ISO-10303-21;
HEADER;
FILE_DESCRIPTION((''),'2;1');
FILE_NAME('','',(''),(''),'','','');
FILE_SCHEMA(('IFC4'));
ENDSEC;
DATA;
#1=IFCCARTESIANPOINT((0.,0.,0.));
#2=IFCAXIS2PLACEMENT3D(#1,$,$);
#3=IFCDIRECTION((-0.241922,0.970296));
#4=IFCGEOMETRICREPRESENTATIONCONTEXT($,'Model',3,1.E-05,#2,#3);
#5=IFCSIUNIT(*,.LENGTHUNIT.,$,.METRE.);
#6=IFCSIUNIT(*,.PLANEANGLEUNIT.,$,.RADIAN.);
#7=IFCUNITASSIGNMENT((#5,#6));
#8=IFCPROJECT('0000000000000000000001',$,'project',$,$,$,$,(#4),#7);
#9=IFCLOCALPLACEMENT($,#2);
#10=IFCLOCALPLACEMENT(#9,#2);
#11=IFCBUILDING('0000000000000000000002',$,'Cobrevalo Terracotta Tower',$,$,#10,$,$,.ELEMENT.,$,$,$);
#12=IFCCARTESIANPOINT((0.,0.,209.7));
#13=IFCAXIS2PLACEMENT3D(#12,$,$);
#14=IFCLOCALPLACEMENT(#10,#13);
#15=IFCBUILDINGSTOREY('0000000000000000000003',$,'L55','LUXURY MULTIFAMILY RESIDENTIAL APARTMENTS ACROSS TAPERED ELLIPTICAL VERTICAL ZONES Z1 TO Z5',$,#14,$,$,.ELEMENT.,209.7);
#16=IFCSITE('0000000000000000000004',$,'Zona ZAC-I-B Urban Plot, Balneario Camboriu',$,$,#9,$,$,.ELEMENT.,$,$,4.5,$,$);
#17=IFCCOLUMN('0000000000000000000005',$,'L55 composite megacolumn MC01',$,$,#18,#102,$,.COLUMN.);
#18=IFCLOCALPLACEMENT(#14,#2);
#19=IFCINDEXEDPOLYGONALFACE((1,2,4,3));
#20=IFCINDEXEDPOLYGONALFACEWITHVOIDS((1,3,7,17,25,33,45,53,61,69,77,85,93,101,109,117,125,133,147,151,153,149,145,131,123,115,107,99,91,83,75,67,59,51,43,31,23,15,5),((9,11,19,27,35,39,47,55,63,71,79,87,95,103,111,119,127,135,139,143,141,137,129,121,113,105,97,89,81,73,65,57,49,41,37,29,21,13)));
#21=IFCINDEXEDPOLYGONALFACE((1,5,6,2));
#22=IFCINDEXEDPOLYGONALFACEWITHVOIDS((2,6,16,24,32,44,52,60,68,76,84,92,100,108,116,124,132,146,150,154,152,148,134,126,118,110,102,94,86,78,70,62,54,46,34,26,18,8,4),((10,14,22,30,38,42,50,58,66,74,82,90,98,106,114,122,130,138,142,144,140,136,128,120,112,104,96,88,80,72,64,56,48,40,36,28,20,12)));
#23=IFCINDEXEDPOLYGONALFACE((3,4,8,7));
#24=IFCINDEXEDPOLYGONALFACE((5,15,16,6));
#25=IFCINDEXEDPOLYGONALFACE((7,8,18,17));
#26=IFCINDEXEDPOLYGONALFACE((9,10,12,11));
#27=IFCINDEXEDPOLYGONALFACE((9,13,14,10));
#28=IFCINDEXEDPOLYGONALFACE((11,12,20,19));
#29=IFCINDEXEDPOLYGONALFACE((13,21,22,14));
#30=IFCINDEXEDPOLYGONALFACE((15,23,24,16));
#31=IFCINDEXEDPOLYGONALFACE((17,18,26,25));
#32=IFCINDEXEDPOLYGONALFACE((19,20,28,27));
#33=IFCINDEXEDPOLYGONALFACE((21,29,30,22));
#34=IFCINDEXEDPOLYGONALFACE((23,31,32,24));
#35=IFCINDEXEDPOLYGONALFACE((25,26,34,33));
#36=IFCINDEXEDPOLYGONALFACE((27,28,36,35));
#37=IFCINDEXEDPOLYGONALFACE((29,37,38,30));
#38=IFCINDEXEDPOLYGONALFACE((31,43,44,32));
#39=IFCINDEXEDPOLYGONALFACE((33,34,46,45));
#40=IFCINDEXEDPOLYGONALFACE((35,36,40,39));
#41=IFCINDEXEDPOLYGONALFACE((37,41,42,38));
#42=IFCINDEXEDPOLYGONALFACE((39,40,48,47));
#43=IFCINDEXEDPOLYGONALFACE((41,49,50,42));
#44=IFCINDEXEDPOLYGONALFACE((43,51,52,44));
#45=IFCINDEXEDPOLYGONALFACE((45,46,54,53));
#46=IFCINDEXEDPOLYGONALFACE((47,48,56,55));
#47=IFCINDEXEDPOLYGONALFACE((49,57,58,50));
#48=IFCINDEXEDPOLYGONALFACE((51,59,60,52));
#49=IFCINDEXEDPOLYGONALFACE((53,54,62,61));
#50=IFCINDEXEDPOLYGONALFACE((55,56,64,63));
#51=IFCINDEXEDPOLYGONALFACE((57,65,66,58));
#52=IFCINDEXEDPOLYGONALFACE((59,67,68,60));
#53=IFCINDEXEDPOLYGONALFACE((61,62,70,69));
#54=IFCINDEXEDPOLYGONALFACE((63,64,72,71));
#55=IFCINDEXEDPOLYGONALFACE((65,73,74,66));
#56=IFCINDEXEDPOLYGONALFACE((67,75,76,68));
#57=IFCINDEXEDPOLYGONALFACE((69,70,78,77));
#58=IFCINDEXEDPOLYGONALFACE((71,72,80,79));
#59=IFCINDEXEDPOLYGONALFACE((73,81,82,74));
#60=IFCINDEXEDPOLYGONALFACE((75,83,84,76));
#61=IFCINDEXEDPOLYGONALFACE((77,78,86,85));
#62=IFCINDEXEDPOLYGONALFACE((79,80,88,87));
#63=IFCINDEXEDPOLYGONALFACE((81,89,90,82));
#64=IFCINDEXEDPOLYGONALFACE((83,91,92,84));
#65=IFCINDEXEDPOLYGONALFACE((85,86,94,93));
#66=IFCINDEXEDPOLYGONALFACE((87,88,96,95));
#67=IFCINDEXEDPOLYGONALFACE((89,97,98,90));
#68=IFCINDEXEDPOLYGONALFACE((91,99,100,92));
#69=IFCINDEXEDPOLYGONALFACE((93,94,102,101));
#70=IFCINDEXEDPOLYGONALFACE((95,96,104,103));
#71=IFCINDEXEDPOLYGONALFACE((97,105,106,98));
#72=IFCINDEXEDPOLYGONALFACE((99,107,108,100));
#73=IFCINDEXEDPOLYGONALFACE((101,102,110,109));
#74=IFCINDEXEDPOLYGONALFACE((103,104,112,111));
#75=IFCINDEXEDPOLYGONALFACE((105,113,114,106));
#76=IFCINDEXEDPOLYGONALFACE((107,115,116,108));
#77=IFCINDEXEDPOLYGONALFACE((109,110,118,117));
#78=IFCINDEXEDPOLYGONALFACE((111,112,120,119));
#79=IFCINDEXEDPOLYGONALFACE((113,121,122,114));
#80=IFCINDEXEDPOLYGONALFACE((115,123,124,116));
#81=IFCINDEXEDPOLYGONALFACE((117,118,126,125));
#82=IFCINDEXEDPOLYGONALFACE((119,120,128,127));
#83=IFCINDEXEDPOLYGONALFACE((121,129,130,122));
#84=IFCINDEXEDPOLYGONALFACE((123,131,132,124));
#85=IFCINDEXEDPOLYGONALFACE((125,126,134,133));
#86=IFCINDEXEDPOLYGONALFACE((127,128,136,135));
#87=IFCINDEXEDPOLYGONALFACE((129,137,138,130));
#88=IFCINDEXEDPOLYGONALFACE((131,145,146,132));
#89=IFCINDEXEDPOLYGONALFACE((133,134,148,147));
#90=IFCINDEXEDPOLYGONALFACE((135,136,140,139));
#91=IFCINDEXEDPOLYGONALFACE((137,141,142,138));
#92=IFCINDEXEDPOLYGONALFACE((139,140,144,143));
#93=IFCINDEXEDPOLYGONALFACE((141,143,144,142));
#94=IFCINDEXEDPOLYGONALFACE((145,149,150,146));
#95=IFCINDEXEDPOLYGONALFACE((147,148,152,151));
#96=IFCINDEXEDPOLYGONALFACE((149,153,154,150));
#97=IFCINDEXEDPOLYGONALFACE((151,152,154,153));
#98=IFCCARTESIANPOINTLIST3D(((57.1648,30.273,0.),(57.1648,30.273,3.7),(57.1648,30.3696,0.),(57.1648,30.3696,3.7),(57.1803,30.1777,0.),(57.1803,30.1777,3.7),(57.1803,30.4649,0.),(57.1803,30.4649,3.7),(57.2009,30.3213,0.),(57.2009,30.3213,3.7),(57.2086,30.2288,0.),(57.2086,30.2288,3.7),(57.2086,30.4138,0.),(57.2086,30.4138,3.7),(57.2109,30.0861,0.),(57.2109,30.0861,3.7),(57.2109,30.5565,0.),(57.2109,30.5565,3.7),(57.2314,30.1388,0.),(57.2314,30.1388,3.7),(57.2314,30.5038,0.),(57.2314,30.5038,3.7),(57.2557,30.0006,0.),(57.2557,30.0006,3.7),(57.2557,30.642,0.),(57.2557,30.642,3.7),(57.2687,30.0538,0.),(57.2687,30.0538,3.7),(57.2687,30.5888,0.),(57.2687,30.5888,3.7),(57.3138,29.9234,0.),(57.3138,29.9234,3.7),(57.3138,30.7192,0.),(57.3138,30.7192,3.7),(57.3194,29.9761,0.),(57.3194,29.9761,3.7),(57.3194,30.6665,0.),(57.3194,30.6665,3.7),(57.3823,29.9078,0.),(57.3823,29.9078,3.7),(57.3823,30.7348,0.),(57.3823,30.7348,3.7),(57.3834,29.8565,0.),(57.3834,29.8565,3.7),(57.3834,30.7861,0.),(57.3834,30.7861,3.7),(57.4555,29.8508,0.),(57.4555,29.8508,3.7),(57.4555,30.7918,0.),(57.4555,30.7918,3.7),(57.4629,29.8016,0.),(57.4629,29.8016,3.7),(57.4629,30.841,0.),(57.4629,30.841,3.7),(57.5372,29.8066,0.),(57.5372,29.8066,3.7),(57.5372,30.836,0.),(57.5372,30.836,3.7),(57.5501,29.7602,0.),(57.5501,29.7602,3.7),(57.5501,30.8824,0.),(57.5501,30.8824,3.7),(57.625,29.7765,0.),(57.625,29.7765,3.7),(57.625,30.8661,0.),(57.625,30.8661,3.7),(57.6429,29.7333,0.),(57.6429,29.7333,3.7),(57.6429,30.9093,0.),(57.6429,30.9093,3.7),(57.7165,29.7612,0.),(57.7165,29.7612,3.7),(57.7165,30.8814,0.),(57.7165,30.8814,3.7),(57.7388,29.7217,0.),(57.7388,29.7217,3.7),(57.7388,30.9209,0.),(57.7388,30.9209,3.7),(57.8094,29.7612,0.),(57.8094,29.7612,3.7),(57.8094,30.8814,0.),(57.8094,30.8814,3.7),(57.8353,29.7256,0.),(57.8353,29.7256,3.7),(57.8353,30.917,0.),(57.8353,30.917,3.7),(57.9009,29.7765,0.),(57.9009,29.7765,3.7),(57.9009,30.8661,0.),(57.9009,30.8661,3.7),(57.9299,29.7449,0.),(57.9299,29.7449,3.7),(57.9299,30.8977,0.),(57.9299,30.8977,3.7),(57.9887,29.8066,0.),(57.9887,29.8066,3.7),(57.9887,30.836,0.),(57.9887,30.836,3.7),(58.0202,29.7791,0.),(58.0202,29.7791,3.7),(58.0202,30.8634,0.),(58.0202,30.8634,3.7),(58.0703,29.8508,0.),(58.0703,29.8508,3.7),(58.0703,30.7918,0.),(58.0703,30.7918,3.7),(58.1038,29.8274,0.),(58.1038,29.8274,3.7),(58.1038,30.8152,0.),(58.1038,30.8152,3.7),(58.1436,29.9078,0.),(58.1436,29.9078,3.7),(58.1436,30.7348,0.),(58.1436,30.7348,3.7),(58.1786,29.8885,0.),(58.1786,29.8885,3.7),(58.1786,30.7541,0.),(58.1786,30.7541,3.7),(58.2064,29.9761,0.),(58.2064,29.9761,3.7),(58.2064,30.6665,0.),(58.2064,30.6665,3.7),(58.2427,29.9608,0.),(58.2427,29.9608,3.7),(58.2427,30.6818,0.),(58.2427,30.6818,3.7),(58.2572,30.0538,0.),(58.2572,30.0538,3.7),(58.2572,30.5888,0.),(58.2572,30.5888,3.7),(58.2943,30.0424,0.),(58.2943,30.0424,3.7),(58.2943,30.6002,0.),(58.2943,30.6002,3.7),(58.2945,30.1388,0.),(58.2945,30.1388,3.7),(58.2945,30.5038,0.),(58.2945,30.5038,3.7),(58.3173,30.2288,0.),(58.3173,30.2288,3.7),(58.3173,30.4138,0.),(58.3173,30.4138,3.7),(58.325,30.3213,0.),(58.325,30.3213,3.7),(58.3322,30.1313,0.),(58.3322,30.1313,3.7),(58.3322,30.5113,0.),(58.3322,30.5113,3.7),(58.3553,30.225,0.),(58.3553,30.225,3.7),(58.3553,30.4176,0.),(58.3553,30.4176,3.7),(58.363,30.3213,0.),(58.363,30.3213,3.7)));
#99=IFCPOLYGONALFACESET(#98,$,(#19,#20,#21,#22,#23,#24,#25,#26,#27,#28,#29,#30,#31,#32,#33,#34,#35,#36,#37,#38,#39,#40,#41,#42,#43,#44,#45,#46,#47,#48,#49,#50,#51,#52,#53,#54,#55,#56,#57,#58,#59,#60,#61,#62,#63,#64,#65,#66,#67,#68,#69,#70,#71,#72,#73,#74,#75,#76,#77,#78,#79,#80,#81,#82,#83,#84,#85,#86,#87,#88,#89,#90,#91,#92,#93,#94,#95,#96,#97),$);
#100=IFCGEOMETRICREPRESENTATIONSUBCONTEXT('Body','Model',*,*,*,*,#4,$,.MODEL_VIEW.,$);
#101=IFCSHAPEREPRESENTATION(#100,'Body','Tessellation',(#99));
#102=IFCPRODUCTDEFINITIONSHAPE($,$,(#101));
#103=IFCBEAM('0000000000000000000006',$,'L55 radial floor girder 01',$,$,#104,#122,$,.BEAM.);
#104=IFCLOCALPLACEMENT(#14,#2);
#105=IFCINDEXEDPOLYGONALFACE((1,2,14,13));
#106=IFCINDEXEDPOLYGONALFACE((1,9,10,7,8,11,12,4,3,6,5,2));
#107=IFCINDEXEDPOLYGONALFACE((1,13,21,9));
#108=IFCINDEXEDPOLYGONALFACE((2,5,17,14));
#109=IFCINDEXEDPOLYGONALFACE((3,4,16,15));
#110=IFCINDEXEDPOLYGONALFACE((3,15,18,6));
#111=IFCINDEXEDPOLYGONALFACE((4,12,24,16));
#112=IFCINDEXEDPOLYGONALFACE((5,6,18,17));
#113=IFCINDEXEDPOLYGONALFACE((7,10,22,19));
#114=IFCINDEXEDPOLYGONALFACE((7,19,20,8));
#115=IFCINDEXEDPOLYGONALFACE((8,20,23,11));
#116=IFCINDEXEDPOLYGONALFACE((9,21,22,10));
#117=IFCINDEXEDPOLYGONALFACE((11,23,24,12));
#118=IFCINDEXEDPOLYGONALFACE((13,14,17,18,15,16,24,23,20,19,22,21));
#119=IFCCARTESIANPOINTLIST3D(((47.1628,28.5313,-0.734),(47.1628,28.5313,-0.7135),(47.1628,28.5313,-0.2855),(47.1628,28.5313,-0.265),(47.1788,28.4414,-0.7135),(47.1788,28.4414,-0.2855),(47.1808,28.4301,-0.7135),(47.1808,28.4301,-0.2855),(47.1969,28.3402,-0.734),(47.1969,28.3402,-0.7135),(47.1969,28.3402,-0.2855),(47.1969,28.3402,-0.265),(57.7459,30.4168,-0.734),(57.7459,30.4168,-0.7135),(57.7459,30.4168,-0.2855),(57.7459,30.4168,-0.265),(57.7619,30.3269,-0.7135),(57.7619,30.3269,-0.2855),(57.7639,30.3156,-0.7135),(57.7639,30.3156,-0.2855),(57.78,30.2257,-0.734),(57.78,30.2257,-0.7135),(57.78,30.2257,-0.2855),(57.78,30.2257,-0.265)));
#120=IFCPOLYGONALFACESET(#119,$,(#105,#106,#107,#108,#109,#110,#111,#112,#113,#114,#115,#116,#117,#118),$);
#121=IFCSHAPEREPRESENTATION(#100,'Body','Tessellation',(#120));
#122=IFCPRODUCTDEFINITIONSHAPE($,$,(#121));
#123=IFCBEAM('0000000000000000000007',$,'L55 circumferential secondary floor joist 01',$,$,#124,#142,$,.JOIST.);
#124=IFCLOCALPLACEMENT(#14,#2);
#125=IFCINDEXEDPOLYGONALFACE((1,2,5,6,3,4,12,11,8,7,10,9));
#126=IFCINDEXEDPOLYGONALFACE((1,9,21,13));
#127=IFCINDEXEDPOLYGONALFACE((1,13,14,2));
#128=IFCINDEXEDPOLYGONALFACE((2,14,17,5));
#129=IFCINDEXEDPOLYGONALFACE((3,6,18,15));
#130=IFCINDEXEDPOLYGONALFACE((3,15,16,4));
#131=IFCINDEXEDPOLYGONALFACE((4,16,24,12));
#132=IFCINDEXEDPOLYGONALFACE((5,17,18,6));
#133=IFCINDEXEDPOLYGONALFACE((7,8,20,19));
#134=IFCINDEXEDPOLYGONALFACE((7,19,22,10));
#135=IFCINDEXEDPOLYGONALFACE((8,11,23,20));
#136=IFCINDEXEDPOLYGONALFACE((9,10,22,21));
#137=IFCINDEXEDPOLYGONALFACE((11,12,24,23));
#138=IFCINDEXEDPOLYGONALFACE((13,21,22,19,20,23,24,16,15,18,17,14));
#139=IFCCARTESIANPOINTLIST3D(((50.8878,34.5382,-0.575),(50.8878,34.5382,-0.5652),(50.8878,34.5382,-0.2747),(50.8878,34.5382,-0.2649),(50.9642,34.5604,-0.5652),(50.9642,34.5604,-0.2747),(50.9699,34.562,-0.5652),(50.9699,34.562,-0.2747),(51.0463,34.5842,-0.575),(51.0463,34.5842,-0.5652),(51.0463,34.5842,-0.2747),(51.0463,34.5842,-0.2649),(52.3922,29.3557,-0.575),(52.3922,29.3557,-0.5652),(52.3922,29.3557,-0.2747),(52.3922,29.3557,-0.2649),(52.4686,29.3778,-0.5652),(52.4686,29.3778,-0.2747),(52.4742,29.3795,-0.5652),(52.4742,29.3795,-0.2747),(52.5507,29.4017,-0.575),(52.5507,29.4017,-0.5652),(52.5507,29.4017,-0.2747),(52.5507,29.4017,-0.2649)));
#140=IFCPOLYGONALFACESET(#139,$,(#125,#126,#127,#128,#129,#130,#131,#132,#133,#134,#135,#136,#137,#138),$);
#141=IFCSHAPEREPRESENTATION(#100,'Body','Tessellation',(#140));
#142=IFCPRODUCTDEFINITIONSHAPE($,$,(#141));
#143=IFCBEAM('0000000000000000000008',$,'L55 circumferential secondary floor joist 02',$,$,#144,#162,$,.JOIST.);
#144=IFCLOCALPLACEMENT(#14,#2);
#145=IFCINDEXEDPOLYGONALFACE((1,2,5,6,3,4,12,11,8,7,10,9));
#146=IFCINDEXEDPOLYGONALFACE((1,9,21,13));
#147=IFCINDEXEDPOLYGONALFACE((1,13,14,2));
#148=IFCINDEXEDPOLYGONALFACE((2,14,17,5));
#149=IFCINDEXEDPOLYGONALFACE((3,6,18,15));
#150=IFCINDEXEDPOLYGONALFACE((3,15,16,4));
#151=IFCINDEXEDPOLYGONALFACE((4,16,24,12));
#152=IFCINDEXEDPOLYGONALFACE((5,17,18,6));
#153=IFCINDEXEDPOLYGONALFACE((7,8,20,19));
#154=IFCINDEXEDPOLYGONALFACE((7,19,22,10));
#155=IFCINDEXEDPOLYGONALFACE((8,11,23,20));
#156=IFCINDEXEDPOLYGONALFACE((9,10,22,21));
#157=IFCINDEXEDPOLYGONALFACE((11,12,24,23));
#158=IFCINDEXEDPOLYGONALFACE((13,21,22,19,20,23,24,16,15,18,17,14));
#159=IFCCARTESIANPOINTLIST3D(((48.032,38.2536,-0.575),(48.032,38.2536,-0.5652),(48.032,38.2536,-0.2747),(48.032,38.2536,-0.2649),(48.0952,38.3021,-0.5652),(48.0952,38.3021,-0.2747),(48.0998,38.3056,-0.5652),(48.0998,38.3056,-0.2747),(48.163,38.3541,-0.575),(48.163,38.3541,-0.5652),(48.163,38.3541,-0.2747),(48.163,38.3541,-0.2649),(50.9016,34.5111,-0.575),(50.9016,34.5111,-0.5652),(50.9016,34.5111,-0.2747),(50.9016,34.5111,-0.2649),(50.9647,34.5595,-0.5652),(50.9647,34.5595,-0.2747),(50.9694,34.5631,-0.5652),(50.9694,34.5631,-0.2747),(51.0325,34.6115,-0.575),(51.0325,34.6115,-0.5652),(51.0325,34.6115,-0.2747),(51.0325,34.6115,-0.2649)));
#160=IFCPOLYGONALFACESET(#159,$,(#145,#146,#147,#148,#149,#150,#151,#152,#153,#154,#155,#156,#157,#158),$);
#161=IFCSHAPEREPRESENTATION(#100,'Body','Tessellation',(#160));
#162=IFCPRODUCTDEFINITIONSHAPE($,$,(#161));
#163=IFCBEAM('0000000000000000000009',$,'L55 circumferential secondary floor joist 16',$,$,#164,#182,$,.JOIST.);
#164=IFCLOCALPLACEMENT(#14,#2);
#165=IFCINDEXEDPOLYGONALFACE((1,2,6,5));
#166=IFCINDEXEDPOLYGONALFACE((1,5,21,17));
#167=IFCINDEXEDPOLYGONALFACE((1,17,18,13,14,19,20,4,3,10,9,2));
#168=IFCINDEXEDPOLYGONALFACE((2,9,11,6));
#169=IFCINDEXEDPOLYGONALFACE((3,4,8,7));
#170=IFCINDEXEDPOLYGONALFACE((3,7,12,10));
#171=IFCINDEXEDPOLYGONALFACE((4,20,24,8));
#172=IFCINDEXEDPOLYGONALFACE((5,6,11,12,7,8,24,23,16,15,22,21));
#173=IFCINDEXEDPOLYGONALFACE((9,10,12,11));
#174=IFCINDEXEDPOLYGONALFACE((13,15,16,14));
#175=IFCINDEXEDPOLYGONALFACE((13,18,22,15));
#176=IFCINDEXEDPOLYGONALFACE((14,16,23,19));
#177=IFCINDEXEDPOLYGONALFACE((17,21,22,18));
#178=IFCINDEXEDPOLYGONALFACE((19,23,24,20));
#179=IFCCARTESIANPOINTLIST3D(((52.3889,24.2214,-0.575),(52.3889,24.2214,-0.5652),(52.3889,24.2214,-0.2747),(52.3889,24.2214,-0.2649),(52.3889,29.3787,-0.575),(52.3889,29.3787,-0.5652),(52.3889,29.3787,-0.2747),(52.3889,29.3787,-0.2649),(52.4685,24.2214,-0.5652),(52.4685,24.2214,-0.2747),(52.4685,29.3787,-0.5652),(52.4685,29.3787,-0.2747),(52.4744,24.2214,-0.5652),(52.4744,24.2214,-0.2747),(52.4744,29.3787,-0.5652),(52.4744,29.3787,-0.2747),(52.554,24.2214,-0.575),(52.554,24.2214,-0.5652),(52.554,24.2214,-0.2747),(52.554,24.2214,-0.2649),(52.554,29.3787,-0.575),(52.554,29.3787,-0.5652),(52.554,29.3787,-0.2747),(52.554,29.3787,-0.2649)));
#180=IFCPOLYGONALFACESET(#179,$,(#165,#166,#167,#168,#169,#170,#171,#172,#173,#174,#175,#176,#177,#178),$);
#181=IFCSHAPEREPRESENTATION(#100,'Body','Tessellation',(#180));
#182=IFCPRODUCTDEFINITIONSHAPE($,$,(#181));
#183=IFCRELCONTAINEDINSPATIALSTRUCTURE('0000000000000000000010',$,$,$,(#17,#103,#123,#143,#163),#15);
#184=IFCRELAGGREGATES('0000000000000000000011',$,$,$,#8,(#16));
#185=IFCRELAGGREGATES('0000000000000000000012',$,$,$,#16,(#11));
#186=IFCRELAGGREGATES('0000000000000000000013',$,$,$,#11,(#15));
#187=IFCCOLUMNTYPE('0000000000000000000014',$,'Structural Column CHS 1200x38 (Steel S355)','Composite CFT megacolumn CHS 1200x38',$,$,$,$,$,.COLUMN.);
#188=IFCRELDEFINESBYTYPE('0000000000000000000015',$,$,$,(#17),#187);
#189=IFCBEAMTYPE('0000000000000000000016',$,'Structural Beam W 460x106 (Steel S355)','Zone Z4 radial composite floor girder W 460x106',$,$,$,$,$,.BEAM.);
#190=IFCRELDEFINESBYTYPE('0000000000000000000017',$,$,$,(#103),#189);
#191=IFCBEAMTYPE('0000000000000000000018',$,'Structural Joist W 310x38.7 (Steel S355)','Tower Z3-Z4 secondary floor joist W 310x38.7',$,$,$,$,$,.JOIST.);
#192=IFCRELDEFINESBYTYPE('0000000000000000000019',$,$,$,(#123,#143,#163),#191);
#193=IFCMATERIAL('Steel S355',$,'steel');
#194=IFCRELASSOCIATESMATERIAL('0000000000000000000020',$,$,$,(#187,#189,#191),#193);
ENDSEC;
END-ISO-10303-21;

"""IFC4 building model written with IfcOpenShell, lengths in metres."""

from ifc_helpers import new_model, si_unit, direction, frame, origin, origin_2d, place, context, subcontext, project, spatial, hollow_circle, i_section, extrude, material, material_profile, profile_set, type_object, element, save


model = new_model("IFC4")

# Units and contexts
model_context = context("Model", 3, precision=1e-05, world=origin(), true_north=direction((-0.241922, 0.970296)))
body_context = subcontext(model_context, "Body", "Model", "MODEL_VIEW")
ifc_project = project(units=[si_unit("LENGTHUNIT", "METRE"), si_unit("PLANEANGLEUNIT", "RADIAN")], contexts=[model_context])

# Site, building, storey
site_placement = place(None, origin())
site = spatial("IfcSite", under=ifc_project, at=site_placement, Name="Zona ZAC-I-B Urban Plot, Balneario Camboriu", CompositionType="ELEMENT", RefElevation=4.5)
building_placement = place(site_placement, origin())
building = spatial("IfcBuilding", under=site, at=building_placement, Name="Cobrevalo Terracotta Tower", CompositionType="ELEMENT")
storey_placement = place(building_placement, frame((0.0, 0.0, 209.7)))
storey = spatial("IfcBuildingStorey", under=building, at=storey_placement, Name="L55", Description="LUXURY MULTIFAMILY RESIDENTIAL APARTMENTS ACROSS TAPERED ELLIPTICAL VERTICAL ZONES Z1 TO Z5", CompositionType="ELEMENT", Elevation=209.7)

# Column
ifc_material_1 = material(Name="Steel S355", Category="steel")
ifc_material_profile_1 = material_profile(ifc_material_1, hollow_circle(Radius=0.6001, WallThickness=0.0381, at=origin_2d()), Name="CHS 1200x38")
ifc_profile_set_1 = profile_set([ifc_material_profile_1], Name="Steel S355")
column_type = type_object("IfcColumnType", Name="Structural Column CHS 1200x38 (Steel S355)", Description="Composite CFT megacolumn CHS 1200x38", PredefinedType="COLUMN", material=ifc_profile_set_1)
column_placement = place(storey_placement, frame((57.7629, 30.3213, 0.0), z_axis=(0.0, 0.0, 1.0), x_axis=(1.0, 0.0, 0.0)))
element("IfcColumn", 1, at=column_placement, inside=storey, type_object=column_type, Name="L55 composite megacolumn MC01", PredefinedType="COLUMN", context=body_context, shape_type="SweptSolid", body=[
    extrude(hollow_circle(Radius=0.6001, WallThickness=0.0381, at=origin_2d()), origin(), (0.0, 0.0, 1.0), 3.7),
])

# Beams
ifc_material_profile_2 = material_profile(ifc_material_1, i_section(OverallWidth=0.1941, OverallDepth=0.469, WebThickness=0.0115, FlangeThickness=0.0205, at=origin_2d()), Name="W 460x106")
ifc_profile_set_2 = profile_set([ifc_material_profile_2], Name="Steel S355")
beam_type_1 = type_object("IfcBeamType", Name="Structural Beam W 460x106 (Steel S355)", Description="Zone Z4 radial composite floor girder W 460x106", PredefinedType="BEAM", material=ifc_profile_set_2)
beam_1_placement = place(storey_placement, frame((57.7629, 30.3213, -0.4995), z_axis=(-0.984497, -0.175401, 0.0), x_axis=(0.175401, -0.984497, 0.0)))
element("IfcBeam", 2, at=beam_1_placement, inside=storey, type_object=beam_type_1, Name="L55 radial floor girder 01", PredefinedType="BEAM", context=body_context, shape_type="SweptSolid", body=[
    extrude(i_section(OverallWidth=0.1941, OverallDepth=0.469, WebThickness=0.0115, FlangeThickness=0.0205, at=origin_2d()), origin(), (0.0, 0.0, 1.0), 10.7498),
])
ifc_material_profile_3 = material_profile(ifc_material_1, i_section(OverallWidth=0.165, OverallDepth=0.3101, WebThickness=0.0059, FlangeThickness=0.0098, at=origin_2d()), Name="W 310x38.7")
ifc_profile_set_3 = profile_set([ifc_material_profile_3], Name="Steel S355")
beam_type_2 = type_object("IfcBeamType", Name="Structural Joist W 310x38.7 (Steel S355)", Description="Tower Z3-Z4 secondary floor joist W 310x38.7", PredefinedType="JOIST", material=ifc_profile_set_3)
beam_2_placement = place(storey_placement, frame((52.4714, 29.3787, -0.4199), z_axis=(-0.27877, 0.960358, 0.0), x_axis=(-0.960358, -0.27877, 0.0)))
element("IfcBeam", 3, at=beam_2_placement, inside=storey, type_object=beam_type_2, Name="L55 circumferential secondary floor joist 01", PredefinedType="JOIST", context=body_context, shape_type="SweptSolid", body=[
    extrude(i_section(OverallWidth=0.165, OverallDepth=0.3101, WebThickness=0.0059, FlangeThickness=0.0098, at=origin_2d()), origin(), (0.0, 0.0, 1.0), 5.3965),
])
beam_3_placement = place(storey_placement, frame((50.967, 34.5613, -0.4199), z_axis=(-0.608464, 0.793581, 0.0), x_axis=(-0.793581, -0.608464, 0.0)))
element("IfcBeam", 4, at=beam_3_placement, inside=storey, type_object=beam_type_2, Name="L55 circumferential secondary floor joist 02", PredefinedType="JOIST", context=body_context, shape_type="SweptSolid", body=[
    extrude(i_section(OverallWidth=0.165, OverallDepth=0.3101, WebThickness=0.0059, FlangeThickness=0.0098, at=origin_2d()), origin(), (0.0, 0.0, 1.0), 4.7161),
])
beam_4_placement = place(storey_placement, frame((52.4714, 24.2214, -0.4199), z_axis=(0.0, 1.0, 0.0), x_axis=(-1.0, 0.0, 0.0)))
element("IfcBeam", 5, at=beam_4_placement, inside=storey, type_object=beam_type_2, Name="L55 circumferential secondary floor joist 16", PredefinedType="JOIST", context=body_context, shape_type="SweptSolid", body=[
    extrude(i_section(OverallWidth=0.165, OverallDepth=0.3101, WebThickness=0.0059, FlangeThickness=0.0098, at=origin_2d()), origin(), (0.0, 0.0, 1.0), 5.1572),
])

save(model, "model.ifc")
